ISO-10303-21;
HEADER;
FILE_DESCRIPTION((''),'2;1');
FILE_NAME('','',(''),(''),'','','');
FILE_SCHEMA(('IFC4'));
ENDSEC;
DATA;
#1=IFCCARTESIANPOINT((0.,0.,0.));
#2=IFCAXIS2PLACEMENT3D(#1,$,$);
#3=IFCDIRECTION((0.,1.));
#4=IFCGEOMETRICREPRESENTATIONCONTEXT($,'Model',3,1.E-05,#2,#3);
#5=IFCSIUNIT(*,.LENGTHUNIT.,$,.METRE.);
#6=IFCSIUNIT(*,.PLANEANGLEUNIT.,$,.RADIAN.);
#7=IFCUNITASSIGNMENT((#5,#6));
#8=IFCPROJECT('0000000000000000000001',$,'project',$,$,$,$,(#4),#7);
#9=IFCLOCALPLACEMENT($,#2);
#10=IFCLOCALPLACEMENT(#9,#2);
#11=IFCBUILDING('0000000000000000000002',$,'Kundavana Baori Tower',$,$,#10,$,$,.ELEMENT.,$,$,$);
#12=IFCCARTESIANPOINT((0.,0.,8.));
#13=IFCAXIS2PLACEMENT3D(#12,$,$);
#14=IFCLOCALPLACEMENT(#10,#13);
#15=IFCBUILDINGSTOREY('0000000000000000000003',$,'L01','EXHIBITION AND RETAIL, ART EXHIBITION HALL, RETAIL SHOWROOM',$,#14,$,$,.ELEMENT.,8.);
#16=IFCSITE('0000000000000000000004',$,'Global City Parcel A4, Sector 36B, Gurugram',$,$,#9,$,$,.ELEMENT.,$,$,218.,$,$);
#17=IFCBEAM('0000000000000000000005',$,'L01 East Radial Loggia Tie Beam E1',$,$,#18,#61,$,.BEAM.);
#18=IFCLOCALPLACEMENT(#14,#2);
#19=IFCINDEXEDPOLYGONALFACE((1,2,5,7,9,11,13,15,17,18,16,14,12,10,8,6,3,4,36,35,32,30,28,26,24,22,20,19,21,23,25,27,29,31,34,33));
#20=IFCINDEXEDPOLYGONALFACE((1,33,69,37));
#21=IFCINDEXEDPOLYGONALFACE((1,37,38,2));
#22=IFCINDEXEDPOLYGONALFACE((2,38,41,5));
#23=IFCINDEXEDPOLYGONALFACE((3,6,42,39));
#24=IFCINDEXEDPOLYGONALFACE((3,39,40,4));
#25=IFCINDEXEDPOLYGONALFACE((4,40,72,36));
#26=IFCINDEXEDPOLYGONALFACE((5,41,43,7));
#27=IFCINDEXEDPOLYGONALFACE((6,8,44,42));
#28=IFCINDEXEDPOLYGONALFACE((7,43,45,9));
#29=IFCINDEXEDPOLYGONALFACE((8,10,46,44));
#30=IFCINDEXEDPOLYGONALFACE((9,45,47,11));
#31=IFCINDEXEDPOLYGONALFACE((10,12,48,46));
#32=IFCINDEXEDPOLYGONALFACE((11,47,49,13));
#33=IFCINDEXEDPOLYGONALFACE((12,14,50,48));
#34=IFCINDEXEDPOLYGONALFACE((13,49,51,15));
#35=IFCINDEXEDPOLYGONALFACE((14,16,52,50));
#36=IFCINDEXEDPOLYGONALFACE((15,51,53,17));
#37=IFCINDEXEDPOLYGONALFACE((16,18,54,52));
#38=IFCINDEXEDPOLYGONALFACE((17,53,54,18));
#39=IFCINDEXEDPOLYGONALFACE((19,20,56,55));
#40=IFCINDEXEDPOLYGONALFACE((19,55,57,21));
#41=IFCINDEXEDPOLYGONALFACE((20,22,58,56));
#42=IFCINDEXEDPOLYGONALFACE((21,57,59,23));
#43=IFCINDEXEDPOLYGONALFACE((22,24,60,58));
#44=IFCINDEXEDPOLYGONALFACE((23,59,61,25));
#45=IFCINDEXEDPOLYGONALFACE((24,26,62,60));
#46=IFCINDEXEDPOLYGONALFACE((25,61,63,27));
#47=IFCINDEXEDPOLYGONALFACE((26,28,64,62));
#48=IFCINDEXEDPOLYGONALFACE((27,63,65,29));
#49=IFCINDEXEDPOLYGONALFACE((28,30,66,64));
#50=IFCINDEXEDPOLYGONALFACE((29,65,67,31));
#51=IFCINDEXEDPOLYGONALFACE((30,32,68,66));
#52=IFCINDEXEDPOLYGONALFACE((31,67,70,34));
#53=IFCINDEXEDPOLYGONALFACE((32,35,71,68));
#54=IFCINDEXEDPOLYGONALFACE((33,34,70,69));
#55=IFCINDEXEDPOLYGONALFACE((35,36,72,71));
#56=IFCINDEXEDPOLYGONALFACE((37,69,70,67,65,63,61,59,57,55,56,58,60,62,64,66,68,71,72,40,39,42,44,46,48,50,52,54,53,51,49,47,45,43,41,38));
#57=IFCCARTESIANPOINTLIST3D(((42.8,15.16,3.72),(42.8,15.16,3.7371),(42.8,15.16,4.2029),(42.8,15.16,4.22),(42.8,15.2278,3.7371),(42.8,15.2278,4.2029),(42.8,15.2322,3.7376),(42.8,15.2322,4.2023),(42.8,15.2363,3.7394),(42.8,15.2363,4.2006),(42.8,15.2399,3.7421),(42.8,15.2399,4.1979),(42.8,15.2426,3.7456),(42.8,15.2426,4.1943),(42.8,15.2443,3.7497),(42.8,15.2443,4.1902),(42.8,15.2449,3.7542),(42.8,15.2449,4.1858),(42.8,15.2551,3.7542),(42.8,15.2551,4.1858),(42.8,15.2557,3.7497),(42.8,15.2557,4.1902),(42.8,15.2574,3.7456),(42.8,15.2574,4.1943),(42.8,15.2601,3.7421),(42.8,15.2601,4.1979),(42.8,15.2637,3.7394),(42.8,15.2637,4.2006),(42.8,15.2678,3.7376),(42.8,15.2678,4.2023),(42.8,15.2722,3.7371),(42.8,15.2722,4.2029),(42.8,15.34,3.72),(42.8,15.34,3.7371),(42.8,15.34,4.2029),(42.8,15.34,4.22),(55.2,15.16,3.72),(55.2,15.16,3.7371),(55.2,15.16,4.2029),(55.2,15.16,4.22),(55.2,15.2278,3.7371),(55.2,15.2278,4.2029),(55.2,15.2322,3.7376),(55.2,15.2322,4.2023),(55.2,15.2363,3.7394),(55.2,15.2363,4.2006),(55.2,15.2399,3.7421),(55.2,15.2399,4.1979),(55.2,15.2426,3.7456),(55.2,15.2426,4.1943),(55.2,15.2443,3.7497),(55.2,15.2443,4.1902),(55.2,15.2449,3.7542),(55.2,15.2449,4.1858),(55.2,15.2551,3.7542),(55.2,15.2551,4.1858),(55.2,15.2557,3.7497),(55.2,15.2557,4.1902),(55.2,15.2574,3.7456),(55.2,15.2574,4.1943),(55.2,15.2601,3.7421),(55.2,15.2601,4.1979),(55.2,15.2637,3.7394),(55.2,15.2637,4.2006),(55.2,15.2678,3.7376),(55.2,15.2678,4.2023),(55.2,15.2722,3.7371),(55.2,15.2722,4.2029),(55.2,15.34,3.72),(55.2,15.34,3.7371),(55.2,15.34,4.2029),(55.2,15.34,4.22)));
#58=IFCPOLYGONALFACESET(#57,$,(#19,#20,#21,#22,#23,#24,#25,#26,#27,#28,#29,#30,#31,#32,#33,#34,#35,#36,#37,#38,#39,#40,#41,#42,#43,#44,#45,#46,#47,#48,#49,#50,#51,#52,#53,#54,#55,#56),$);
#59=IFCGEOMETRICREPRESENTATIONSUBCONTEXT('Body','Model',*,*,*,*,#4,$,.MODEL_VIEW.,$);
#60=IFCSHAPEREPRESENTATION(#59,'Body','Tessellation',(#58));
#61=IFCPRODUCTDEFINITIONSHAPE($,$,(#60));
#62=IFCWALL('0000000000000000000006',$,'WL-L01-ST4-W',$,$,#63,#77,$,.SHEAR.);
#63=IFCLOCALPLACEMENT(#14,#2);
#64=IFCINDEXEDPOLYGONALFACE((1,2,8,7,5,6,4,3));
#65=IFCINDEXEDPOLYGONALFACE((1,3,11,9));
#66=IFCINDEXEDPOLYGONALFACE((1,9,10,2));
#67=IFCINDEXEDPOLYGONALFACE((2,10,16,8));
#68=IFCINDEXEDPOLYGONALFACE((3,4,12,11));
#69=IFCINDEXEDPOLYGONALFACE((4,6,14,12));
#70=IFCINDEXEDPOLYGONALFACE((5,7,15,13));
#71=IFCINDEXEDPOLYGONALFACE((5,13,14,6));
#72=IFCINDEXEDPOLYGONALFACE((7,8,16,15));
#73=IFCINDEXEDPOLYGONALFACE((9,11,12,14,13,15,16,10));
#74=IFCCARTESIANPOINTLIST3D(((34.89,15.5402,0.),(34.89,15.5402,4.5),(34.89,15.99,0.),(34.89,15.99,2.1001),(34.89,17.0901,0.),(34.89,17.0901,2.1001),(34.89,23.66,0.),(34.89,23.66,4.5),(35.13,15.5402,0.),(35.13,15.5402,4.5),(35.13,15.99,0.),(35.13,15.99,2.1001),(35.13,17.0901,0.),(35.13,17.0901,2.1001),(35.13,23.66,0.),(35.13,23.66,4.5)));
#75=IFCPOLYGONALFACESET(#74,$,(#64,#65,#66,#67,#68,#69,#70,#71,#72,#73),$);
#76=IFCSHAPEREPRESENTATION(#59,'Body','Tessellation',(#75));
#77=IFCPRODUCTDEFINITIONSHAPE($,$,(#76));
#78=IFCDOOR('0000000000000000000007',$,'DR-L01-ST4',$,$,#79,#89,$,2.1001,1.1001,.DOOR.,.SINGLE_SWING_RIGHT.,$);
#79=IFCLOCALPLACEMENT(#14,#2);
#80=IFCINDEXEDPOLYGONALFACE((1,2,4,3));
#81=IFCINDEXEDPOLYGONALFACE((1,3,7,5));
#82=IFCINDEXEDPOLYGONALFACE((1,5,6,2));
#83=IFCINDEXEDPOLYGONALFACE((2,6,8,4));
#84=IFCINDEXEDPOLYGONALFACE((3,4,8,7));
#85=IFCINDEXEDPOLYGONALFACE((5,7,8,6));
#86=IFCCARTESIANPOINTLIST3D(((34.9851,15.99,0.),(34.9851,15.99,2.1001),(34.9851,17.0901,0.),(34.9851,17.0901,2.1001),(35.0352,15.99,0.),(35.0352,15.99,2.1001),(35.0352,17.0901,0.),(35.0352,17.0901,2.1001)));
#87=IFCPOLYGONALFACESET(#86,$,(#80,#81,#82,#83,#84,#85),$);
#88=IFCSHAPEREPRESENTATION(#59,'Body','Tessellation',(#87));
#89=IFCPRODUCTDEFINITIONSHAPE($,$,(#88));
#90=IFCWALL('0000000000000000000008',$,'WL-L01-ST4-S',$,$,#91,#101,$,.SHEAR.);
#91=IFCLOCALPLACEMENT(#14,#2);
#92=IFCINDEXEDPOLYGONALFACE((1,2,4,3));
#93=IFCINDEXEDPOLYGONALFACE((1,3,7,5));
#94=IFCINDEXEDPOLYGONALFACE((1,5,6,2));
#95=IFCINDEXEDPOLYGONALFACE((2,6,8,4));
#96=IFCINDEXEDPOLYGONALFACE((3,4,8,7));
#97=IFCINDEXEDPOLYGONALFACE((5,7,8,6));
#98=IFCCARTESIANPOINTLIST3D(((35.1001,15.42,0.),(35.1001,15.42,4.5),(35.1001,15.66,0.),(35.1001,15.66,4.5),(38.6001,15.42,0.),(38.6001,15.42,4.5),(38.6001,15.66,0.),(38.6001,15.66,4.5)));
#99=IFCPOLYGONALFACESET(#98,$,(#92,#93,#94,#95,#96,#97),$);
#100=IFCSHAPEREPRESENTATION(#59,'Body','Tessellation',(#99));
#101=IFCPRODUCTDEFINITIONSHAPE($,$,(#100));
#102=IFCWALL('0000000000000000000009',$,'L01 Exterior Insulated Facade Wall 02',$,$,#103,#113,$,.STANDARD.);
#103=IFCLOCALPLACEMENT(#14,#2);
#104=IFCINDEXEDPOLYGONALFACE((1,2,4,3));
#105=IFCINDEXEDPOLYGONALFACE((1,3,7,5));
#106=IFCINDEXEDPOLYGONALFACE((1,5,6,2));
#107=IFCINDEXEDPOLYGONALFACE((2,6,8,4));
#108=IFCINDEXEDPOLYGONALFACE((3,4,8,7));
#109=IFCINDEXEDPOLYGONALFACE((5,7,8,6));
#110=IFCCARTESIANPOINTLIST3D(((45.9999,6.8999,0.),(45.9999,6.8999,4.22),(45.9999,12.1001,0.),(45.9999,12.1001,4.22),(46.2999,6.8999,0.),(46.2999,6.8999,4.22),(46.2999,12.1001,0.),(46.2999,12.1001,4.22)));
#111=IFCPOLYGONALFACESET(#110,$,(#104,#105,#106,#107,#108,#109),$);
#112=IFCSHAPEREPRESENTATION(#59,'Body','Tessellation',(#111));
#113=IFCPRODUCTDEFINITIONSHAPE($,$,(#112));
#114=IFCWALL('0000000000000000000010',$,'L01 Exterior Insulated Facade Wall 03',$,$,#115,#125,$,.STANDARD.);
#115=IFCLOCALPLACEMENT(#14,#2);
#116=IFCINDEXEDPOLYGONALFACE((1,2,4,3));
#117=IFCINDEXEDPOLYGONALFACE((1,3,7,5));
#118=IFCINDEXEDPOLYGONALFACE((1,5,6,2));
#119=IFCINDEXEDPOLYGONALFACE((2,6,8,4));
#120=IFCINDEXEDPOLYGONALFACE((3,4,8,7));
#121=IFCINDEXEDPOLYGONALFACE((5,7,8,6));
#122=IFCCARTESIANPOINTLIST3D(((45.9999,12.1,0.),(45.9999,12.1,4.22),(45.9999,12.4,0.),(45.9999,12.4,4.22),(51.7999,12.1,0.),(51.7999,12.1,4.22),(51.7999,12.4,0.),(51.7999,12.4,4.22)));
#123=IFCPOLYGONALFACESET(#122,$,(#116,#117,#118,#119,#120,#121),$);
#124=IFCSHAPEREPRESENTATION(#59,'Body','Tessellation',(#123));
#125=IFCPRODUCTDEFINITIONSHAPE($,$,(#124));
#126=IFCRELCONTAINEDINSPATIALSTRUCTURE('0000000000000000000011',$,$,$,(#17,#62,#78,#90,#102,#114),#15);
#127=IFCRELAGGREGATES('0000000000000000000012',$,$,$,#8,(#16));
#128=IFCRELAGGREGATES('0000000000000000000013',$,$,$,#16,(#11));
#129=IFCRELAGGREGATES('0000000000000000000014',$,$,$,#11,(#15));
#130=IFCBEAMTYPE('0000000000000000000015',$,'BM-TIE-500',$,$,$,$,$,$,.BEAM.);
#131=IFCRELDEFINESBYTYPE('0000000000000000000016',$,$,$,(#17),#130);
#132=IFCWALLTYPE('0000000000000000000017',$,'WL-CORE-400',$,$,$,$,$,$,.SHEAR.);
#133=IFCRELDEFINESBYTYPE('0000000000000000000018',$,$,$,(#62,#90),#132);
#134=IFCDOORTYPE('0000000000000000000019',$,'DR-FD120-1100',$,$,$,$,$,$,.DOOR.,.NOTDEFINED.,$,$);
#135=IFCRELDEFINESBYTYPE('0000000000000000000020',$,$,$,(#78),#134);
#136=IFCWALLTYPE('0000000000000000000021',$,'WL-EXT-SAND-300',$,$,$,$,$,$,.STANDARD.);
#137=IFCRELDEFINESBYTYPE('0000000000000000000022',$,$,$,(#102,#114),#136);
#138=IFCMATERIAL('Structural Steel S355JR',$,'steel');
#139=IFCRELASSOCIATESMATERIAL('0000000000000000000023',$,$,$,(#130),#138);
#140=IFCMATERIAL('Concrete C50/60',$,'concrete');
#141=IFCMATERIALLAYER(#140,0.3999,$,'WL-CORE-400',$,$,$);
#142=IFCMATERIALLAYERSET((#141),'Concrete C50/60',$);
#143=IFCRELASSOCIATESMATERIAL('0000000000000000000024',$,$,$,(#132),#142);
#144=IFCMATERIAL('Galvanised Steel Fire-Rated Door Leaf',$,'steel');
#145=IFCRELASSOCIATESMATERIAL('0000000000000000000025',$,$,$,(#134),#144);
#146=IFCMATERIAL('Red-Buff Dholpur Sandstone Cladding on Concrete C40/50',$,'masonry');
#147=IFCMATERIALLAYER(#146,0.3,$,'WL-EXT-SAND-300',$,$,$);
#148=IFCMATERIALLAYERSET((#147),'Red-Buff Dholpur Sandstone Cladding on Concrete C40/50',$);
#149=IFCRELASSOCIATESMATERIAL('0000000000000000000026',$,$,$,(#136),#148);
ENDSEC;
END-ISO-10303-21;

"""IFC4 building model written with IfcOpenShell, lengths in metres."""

from ifc_helpers import new_model, si_unit, direction, frame, frame_2d, origin, origin_2d, place, context, subcontext, project, spatial, rectangle, i_section, extrude, material, layer, layer_set, material_profile, profile_set, type_object, element, fill, save


model = new_model("IFC4")

# Units and contexts
model_context = context("Model", 3, precision=1e-05, world=origin(), true_north=direction((0.0, 1.0)))
body_context = subcontext(model_context, "Body", "Model", "MODEL_VIEW")
ifc_project = project(units=[si_unit("LENGTHUNIT", "METRE"), si_unit("PLANEANGLEUNIT", "RADIAN")], contexts=[model_context])

# Site, building, storey
site_placement = place(None, origin())
site = spatial("IfcSite", under=ifc_project, at=site_placement, Name="Global City Parcel A4, Sector 36B, Gurugram", CompositionType="ELEMENT", RefElevation=218.0)
building_placement = place(site_placement, origin())
building = spatial("IfcBuilding", under=site, at=building_placement, Name="Kundavana Baori Tower", CompositionType="ELEMENT")
storey_placement = place(building_placement, frame((0.0, 0.0, 8.0)))
storey = spatial("IfcBuildingStorey", under=building, at=storey_placement, Name="L01", Description="EXHIBITION AND RETAIL, ART EXHIBITION HALL, RETAIL SHOWROOM", CompositionType="ELEMENT", Elevation=8.0)

# Beam
ifc_material_1 = material(Name="Structural Steel S355JR", Category="steel")
ifc_material_profile_1 = material_profile(ifc_material_1, i_section(OverallWidth=0.1799, OverallDepth=0.5, WebThickness=0.0103, FlangeThickness=0.0171, FilletRadius=0.0171, at=origin_2d()), Name="ISMB 500")
ifc_profile_set_1 = profile_set([ifc_material_profile_1], Name="Structural Steel S355JR")
beam_type_1 = type_object("IfcBeamType", Name="BM-TIE-500", PredefinedType="BEAM", material=ifc_profile_set_1)
beam_1_placement = place(storey_placement, frame((42.8, 15.25, 3.97), z_axis=(1.0, 0.0, 0.0), x_axis=(0.0, 1.0, 0.0)))
element("IfcBeam", 1, at=beam_1_placement, inside=storey, type_object=beam_type_1, Name="L01 East Radial Loggia Tie Beam E1", PredefinedType="BEAM", context=body_context, shape_type="SweptSolid", body=[
    extrude(i_section(OverallWidth=0.1799, OverallDepth=0.5, WebThickness=0.0103, FlangeThickness=0.0171, FilletRadius=0.0171, at=origin_2d()), origin(), (0.0, 0.0, 1.0), 12.3999),
])

# Wall, opening, door
ifc_material_2 = material(Name="Concrete C50/60", Category="concrete")
ifc_layer_1 = layer(ifc_material_2, 0.3999, Name="WL-CORE-400")
ifc_layer_set_1 = layer_set([ifc_layer_1], Name="Concrete C50/60")
wall_type_1 = type_object("IfcWallType", Name="WL-CORE-400", PredefinedType="SHEAR", material=ifc_layer_set_1)
wall_1_placement = place(storey_placement, frame((35.01, 15.54, 0.0), z_axis=(0.0, 0.0, 1.0), x_axis=(0.0, 1.0, 0.0)))
wall_1 = element("IfcWall", 2, at=wall_1_placement, inside=storey, type_object=wall_type_1, Name="WL-L01-ST4-W", PredefinedType="SHEAR", context=body_context, shape_type="SweptSolid", body=[
    extrude(rectangle(XDim=8.1199, YDim=0.24, at=frame_2d((4.0601, 0.0))), origin(), (0.0, 0.0, 1.0), 4.5),
])
opening_1_placement = place(wall_1_placement, frame((0.45, 0.0, 0.0)))
opening_1 = element("IfcOpeningElement", 3, at=opening_1_placement, cuts=wall_1, PredefinedType="OPENING", context=body_context, shape_type="SweptSolid", body=[
    extrude(rectangle(XDim=1.1001, YDim=2.1001, at=frame_2d((0.55, 1.05))), frame((0.0, 0.1299, 0.0), z_axis=(0.0, -1.0, 0.0), x_axis=(1.0, 0.0, 0.0)), (0.0, 0.0, 1.0), 0.26),
])
ifc_material_3 = material(Name="Galvanised Steel Fire-Rated Door Leaf", Category="steel")
door_type_1 = type_object("IfcDoorType", Name="DR-FD120-1100", OperationType="NOTDEFINED", PredefinedType="DOOR", material=ifc_material_3)
door_1_placement = place(opening_1_placement, origin())
door_1 = element("IfcDoor", 4, at=door_1_placement, inside=storey, type_object=door_type_1, Name="DR-L01-ST4", OperationType="SINGLE_SWING_RIGHT", OverallHeight=2.1001, OverallWidth=1.1001, PredefinedType="DOOR", context=body_context, shape_type="SweptSolid", body=[
    extrude(rectangle(XDim=1.1001, YDim=2.1001, at=frame_2d((0.55, 1.05))), frame((0.0, 0.0249, 0.0), z_axis=(0.0, -1.0, 0.0), x_axis=(1.0, 0.0, 0.0)), (0.0, 0.0, 1.0), 0.05),
])
fill(opening_1, door_1)

# Walls
wall_2_placement = place(storey_placement, frame((35.1001, 15.54, 0.0), z_axis=(0.0, 0.0, 1.0), x_axis=(1.0, 0.0, 0.0)))
element("IfcWall", 5, at=wall_2_placement, inside=storey, type_object=wall_type_1, Name="WL-L01-ST4-S", PredefinedType="SHEAR", context=body_context, shape_type="SweptSolid", body=[
    extrude(rectangle(XDim=3.5, YDim=0.24, at=frame_2d((1.75, 0.0))), origin(), (0.0, 0.0, 1.0), 4.5),
])
ifc_material_4 = material(Name="Red-Buff Dholpur Sandstone Cladding on Concrete C40/50", Category="masonry")
ifc_layer_2 = layer(ifc_material_4, 0.3, Name="WL-EXT-SAND-300")
ifc_layer_set_2 = layer_set([ifc_layer_2], Name="Red-Buff Dholpur Sandstone Cladding on Concrete C40/50")
wall_type_2 = type_object("IfcWallType", Name="WL-EXT-SAND-300", PredefinedType="STANDARD", material=ifc_layer_set_2)
wall_3_placement = place(storey_placement, frame((46.1499, 6.8999, 0.0), z_axis=(0.0, 0.0, 1.0), x_axis=(0.0, 1.0, 0.0)))
element("IfcWall", 6, at=wall_3_placement, inside=storey, type_object=wall_type_2, Name="L01 Exterior Insulated Facade Wall 02", PredefinedType="STANDARD", context=body_context, shape_type="SweptSolid", body=[
    extrude(rectangle(XDim=5.2002, YDim=0.3, at=frame_2d((2.6001, 0.0))), origin(), (0.0, 0.0, 1.0), 4.22),
])
wall_4_placement = place(storey_placement, frame((46.0, 12.25, 0.0), z_axis=(0.0, 0.0, 1.0), x_axis=(1.0, 0.0, 0.0)))
element("IfcWall", 7, at=wall_4_placement, inside=storey, type_object=wall_type_2, Name="L01 Exterior Insulated Facade Wall 03", PredefinedType="STANDARD", context=body_context, shape_type="SweptSolid", body=[
    extrude(rectangle(XDim=5.8, YDim=0.3, at=frame_2d((2.8999, 0.0))), origin(), (0.0, 0.0, 1.0), 4.22),
])

save(model, "model.ifc")
